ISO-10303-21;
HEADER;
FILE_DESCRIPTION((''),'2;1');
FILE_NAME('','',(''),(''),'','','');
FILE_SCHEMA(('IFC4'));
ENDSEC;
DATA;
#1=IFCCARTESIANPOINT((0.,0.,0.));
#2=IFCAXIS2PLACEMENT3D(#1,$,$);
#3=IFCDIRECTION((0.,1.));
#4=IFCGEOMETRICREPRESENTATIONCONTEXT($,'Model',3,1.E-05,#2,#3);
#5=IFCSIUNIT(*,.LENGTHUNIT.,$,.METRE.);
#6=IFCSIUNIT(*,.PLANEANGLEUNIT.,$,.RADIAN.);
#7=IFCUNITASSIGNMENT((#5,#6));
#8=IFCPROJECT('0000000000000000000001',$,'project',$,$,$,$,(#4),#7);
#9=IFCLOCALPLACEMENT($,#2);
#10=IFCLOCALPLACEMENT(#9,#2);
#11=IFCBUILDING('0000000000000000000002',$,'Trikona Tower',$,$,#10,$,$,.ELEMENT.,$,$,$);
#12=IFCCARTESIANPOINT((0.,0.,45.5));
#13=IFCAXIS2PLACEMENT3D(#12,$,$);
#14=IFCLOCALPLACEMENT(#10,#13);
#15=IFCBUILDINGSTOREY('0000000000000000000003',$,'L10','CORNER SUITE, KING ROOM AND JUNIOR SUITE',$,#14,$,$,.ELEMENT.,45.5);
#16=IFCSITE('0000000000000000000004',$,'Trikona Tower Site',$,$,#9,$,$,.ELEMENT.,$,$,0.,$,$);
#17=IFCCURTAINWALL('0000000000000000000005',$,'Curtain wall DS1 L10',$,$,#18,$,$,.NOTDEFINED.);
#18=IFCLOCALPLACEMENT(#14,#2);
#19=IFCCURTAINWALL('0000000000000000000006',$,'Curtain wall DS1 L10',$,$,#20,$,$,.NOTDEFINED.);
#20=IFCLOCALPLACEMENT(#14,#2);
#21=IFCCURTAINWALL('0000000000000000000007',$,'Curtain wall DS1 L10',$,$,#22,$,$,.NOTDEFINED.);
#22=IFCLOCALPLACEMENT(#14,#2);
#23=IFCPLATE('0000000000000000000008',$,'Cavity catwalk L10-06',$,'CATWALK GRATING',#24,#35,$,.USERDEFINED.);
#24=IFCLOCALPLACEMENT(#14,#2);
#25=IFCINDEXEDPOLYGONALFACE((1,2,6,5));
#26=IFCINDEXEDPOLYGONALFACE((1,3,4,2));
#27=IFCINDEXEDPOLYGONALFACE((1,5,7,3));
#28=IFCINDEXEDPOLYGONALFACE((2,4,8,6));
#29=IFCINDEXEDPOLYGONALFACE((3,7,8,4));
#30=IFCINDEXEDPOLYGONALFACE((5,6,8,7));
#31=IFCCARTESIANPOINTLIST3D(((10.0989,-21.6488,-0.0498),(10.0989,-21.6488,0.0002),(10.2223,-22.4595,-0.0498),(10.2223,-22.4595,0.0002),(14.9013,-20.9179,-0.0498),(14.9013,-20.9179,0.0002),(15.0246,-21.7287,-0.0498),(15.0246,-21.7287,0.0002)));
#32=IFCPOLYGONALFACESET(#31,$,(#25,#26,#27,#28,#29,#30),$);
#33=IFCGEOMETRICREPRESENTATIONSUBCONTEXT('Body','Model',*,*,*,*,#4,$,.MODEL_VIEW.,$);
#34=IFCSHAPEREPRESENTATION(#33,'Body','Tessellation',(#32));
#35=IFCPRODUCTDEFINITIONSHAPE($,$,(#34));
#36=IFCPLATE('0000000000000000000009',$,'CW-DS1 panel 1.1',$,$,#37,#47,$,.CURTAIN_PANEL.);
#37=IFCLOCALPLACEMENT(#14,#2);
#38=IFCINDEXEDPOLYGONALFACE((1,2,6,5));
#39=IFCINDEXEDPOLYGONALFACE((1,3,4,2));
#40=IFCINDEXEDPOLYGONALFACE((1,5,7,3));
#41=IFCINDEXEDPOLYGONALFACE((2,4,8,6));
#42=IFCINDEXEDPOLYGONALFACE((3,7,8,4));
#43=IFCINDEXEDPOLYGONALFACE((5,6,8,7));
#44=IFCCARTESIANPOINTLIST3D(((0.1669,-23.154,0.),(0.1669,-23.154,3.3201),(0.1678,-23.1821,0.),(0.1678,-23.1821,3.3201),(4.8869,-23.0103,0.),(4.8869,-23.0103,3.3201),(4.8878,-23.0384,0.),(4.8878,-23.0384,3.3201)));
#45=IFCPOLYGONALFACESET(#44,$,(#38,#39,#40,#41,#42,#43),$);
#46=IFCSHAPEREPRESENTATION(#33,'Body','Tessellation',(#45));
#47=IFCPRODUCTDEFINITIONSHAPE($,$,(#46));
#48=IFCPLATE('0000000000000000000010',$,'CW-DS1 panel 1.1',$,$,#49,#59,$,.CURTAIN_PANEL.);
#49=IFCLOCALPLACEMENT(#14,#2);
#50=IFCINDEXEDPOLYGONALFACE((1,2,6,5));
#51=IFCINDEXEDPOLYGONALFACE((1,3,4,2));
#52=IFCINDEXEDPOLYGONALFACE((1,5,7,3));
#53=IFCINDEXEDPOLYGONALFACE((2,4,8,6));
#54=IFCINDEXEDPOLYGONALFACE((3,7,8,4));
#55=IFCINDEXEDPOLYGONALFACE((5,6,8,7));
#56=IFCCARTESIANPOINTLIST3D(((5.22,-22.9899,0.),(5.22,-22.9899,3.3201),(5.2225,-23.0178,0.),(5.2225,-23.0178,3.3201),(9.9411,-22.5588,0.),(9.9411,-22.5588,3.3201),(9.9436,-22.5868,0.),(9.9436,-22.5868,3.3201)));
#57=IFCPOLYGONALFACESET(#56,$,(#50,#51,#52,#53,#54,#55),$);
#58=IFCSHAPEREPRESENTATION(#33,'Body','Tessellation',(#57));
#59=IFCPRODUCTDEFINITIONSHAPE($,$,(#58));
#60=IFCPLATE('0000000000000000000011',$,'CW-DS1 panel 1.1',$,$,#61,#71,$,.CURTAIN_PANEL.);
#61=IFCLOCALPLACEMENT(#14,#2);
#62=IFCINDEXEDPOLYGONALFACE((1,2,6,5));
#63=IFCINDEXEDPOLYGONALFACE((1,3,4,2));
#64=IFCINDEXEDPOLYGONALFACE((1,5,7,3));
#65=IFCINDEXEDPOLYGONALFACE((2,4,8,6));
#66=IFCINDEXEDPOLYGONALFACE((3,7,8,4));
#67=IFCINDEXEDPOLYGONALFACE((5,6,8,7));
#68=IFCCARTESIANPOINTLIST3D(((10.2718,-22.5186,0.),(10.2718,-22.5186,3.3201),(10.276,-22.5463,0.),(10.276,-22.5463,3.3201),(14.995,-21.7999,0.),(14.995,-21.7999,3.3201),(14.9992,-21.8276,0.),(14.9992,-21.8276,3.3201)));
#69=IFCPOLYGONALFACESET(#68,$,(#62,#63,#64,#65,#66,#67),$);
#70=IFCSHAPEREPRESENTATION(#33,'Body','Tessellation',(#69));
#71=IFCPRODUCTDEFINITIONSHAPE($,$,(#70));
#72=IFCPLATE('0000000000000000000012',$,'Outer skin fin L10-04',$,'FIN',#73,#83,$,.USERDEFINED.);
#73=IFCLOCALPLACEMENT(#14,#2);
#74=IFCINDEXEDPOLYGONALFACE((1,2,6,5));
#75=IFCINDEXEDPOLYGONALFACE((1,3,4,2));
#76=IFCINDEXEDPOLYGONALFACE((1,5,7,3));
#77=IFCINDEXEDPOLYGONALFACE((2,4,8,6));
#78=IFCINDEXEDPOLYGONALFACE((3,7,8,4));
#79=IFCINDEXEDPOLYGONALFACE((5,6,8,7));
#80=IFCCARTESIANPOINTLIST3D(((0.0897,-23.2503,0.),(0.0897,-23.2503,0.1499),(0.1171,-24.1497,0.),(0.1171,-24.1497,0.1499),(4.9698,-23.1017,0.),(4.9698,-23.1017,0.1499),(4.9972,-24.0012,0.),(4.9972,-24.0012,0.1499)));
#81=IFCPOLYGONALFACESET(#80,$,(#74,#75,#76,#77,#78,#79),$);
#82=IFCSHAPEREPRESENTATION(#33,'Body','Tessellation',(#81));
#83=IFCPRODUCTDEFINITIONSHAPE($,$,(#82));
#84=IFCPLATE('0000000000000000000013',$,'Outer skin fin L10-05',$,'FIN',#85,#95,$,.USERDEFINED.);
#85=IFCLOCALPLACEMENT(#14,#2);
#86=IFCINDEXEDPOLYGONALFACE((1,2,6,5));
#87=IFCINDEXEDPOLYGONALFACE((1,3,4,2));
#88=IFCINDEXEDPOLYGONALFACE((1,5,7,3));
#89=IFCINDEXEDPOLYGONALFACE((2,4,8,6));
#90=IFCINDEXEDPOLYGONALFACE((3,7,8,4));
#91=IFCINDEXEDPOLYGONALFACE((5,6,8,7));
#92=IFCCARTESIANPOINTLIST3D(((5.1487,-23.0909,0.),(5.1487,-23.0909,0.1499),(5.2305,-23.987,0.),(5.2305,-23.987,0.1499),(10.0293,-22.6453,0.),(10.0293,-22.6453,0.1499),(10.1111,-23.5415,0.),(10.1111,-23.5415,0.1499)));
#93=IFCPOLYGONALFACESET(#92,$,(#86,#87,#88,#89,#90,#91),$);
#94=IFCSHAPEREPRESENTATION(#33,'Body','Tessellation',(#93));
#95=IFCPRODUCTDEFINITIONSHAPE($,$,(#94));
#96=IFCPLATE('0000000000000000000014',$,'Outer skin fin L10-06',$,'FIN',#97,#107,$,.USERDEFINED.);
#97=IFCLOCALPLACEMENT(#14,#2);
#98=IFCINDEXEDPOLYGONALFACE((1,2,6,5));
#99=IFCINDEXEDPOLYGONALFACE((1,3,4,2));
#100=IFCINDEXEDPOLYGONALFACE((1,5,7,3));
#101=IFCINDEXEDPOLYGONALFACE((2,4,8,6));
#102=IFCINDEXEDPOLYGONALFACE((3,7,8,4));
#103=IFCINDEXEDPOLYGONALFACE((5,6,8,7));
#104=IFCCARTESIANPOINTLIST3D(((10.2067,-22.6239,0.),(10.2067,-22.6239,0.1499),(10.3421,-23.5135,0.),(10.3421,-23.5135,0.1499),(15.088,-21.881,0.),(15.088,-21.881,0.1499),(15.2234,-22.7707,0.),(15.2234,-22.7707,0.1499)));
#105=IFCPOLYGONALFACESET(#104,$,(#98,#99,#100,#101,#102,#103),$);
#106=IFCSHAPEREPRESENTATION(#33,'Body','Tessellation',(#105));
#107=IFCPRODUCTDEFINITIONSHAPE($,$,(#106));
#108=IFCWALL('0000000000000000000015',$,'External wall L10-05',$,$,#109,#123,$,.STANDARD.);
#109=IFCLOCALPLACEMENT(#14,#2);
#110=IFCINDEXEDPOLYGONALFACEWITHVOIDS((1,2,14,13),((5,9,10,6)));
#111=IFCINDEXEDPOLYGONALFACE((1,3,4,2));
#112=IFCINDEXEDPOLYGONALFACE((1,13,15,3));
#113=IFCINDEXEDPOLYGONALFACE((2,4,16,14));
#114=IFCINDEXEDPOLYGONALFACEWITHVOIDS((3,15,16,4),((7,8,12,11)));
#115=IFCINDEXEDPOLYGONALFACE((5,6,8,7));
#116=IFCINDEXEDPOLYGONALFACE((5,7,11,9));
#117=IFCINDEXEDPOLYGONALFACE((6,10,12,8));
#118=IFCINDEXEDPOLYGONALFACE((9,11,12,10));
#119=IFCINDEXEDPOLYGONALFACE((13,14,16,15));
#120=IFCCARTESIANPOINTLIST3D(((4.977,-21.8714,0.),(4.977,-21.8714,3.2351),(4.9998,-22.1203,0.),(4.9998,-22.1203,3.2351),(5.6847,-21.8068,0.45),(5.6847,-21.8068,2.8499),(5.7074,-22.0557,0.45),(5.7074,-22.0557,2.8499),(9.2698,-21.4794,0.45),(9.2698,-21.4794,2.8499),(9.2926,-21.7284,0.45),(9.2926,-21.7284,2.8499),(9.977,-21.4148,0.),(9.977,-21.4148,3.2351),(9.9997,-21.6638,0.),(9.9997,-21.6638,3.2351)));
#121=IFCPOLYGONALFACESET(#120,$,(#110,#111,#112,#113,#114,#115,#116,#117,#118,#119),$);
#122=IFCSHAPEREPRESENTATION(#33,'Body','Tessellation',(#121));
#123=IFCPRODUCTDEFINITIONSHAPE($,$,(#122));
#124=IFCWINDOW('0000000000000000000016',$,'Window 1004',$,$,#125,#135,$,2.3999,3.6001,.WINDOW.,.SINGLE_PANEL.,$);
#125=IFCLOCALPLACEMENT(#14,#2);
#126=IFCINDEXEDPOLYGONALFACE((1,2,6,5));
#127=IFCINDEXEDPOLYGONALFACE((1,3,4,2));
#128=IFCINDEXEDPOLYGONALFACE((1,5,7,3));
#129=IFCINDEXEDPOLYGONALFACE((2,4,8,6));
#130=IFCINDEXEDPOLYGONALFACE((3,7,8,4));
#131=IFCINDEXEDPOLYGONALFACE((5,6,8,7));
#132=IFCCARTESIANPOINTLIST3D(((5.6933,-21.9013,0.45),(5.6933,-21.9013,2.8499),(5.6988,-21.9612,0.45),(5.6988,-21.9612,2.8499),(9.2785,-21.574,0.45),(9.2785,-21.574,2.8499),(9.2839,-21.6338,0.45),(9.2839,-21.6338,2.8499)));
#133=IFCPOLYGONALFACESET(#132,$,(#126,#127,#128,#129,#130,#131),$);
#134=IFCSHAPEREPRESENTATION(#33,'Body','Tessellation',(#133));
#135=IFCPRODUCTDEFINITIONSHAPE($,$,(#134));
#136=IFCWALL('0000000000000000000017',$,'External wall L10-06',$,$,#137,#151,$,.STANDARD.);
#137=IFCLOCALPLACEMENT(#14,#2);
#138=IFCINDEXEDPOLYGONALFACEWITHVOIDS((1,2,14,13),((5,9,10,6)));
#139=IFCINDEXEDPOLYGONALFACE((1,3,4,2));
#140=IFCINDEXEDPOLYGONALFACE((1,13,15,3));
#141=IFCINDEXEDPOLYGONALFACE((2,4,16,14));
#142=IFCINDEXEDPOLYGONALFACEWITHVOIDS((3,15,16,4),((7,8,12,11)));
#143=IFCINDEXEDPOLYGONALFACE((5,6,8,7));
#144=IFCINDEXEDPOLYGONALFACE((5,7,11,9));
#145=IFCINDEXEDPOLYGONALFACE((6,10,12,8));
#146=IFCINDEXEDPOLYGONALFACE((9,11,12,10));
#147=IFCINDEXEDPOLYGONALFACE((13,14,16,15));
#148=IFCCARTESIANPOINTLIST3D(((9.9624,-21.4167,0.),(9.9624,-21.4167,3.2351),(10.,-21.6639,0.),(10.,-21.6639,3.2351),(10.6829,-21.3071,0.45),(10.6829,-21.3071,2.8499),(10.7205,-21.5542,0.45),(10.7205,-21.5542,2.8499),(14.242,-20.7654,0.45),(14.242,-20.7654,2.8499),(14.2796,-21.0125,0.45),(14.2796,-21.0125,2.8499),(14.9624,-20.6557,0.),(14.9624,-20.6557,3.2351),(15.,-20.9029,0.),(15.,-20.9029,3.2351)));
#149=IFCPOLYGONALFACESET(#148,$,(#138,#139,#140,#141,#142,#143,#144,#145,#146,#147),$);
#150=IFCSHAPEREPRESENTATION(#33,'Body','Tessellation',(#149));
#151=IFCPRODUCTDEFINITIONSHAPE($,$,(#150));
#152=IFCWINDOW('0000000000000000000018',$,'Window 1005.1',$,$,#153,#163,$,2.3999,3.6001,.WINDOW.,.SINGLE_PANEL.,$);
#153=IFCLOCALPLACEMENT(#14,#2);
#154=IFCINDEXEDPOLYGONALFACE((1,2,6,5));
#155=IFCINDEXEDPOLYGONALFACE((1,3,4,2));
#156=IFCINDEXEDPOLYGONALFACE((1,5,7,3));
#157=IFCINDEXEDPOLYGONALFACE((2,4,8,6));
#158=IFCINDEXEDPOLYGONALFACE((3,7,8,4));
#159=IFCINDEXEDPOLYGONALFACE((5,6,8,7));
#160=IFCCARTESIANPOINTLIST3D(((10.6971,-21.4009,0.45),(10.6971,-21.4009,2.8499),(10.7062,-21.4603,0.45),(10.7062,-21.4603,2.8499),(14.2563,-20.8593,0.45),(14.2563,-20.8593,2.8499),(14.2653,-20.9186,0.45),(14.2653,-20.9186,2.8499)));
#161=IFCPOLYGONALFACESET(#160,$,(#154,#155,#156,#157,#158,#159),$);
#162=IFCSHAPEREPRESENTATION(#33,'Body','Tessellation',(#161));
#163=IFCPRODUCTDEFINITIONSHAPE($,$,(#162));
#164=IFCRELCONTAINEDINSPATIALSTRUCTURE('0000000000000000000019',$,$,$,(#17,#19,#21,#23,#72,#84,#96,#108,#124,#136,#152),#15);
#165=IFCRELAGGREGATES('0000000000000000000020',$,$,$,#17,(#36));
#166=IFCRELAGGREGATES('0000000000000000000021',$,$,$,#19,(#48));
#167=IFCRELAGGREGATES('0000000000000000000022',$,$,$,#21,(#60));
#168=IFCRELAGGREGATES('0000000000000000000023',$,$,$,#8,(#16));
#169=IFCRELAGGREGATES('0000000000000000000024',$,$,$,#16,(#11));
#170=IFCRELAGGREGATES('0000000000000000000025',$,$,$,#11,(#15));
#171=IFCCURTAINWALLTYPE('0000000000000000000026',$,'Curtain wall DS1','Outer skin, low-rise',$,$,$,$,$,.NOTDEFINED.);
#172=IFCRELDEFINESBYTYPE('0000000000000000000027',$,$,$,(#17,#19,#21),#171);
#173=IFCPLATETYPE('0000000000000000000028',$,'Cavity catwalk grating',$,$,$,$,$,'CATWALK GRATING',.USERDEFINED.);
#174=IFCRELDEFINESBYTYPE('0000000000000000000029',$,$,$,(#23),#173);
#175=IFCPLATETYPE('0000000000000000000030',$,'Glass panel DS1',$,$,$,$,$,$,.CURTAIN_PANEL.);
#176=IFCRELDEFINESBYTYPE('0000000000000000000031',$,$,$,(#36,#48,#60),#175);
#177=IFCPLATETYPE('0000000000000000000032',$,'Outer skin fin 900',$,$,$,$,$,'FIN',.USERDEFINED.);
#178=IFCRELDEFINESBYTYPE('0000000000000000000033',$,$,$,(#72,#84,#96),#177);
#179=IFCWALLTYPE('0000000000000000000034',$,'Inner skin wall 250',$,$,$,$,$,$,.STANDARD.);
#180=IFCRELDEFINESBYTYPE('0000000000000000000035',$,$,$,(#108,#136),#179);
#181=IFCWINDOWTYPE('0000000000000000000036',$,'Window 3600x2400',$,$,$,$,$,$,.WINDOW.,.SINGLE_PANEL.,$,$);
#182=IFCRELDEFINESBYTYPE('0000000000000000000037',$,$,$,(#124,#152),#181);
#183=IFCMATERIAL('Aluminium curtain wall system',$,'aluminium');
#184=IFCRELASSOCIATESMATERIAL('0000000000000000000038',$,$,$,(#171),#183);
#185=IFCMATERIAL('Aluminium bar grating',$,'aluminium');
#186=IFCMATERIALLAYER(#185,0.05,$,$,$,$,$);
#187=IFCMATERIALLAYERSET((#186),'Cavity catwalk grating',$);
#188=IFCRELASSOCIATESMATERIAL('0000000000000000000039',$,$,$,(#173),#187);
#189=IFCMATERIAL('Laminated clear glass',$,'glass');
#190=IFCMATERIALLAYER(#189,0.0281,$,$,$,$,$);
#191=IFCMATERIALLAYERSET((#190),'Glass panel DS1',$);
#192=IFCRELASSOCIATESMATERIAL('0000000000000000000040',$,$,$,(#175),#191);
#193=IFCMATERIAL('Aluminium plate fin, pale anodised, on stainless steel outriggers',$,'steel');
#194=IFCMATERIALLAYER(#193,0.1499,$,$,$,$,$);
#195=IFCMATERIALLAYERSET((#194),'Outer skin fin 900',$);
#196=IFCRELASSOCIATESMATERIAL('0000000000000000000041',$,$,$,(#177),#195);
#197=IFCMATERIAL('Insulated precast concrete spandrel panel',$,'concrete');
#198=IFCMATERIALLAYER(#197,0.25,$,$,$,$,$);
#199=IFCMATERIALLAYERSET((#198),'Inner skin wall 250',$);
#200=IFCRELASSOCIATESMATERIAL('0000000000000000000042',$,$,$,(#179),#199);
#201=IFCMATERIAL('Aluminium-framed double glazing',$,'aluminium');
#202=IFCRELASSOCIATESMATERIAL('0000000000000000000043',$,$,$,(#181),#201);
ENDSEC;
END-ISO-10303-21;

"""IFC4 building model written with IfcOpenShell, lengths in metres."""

from ifc_helpers import new_model, si_unit, direction, frame, frame_2d, origin, origin_2d, place, context, subcontext, project, spatial, rectangle, extrude, material, layer, layer_set, type_object, element, fill, aggregate, save


model = new_model("IFC4")

# Units and contexts
model_context = context("Model", 3, precision=1e-05, world=origin(), true_north=direction((0.0, 1.0)))
body_context = subcontext(model_context, "Body", "Model", "MODEL_VIEW")
ifc_project = project(units=[si_unit("LENGTHUNIT", "METRE"), si_unit("PLANEANGLEUNIT", "RADIAN")], contexts=[model_context])

# Site, building, storey
site_placement = place(None, origin())
site = spatial("IfcSite", under=ifc_project, at=site_placement, Name="Trikona Tower Site", CompositionType="ELEMENT", RefElevation=0.0)
building_placement = place(site_placement, origin())
building = spatial("IfcBuilding", under=site, at=building_placement, Name="Trikona Tower", CompositionType="ELEMENT")
storey_placement = place(building_placement, frame((0.0, 0.0, 45.5)))
storey = spatial("IfcBuildingStorey", under=building, at=storey_placement, Name="L10", Description="CORNER SUITE, KING ROOM AND JUNIOR SUITE", CompositionType="ELEMENT", Elevation=45.5)

# Curtain walls
ifc_material_1 = material(Name="Aluminium curtain wall system", Category="aluminium")
curtain_wall_type = type_object("IfcCurtainWallType", Name="Curtain wall DS1", Description="Outer skin, low-rise", PredefinedType="NOTDEFINED", material=ifc_material_1)
curtain_wall_1_placement = place(storey_placement, origin())
curtain_wall_1 = element("IfcCurtainWall", 1, at=curtain_wall_1_placement, inside=storey, type_object=curtain_wall_type, Name="Curtain wall DS1 L10", PredefinedType="NOTDEFINED")
curtain_wall_2_placement = place(storey_placement, origin())
curtain_wall_2 = element("IfcCurtainWall", 2, at=curtain_wall_2_placement, inside=storey, type_object=curtain_wall_type, Name="Curtain wall DS1 L10", PredefinedType="NOTDEFINED")

# Curtain wall
curtain_wall_3_placement = place(storey_placement, origin())
curtain_wall_3 = element("IfcCurtainWall", 3, at=curtain_wall_3_placement, inside=storey, type_object=curtain_wall_type, Name="Curtain wall DS1 L10", PredefinedType="NOTDEFINED")

# Plate
ifc_material_2 = material(Name="Aluminium bar grating", Category="aluminium")
ifc_layer_1 = layer(ifc_material_2, 0.05)
ifc_layer_set_1 = layer_set([ifc_layer_1], Name="Cavity catwalk grating")
plate_type_1 = type_object("IfcPlateType", Name="Cavity catwalk grating", ElementType="CATWALK GRATING", PredefinedType="USERDEFINED", material=ifc_layer_set_1)
plate_1_placement = place(storey_placement, frame((12.5618, -21.6887, -0.0498), z_axis=(0.0, 0.0, 1.0), x_axis=(0.988618, 0.150448, 0.0)))
element("IfcPlate", 4, at=plate_1_placement, inside=storey, type_object=plate_type_1, Name="Cavity catwalk L10-06", ObjectType="CATWALK GRATING", PredefinedType="USERDEFINED", context=body_context, shape_type="SweptSolid", body=[
    extrude(rectangle(XDim=4.8577, YDim=0.8201, at=origin_2d()), origin(), (0.0, 0.0, 1.0), 0.05),
])

# Plates
ifc_material_3 = material(Name="Laminated clear glass", Category="glass")
ifc_layer_2 = layer(ifc_material_3, 0.0281)
ifc_layer_set_2 = layer_set([ifc_layer_2], Name="Glass panel DS1")
plate_type_2 = type_object("IfcPlateType", Name="Glass panel DS1", PredefinedType="CURTAIN_PANEL", material=ifc_layer_set_2)
plate_2_placement = place(storey_placement, frame((2.5273, -23.0962, 0.0), z_axis=(0.0, 0.0, 1.0), x_axis=(0.999537, 0.030437, 0.0)))
plate_2 = element("IfcPlate", 5, at=plate_2_placement, type_object=plate_type_2, Name="CW-DS1 panel 1.1", PredefinedType="CURTAIN_PANEL", context=body_context, shape_type="SweptSolid", body=[
    extrude(rectangle(XDim=4.7222, YDim=0.0281, at=origin_2d()), origin(), (0.0, 0.0, 1.0), 3.3201),
])
aggregate(curtain_wall_1, [plate_2])
plate_3_placement = place(storey_placement, frame((7.5818, -22.7883, 0.0), z_axis=(0.0, 0.0, 1.0), x_axis=(0.995858, 0.090924, 0.0)))
plate_3 = element("IfcPlate", 6, at=plate_3_placement, type_object=plate_type_2, Name="CW-DS1 panel 1.1", PredefinedType="CURTAIN_PANEL", context=body_context, shape_type="SweptSolid", body=[
    extrude(rectangle(XDim=4.7407, YDim=0.0281, at=origin_2d()), origin(), (0.0, 0.0, 1.0), 3.3201),
])
aggregate(curtain_wall_2, [plate_3])
plate_4_placement = place(storey_placement, frame((12.6355, -22.1731, 0.0), z_axis=(0.0, 0.0, 1.0), x_axis=(0.988619, 0.150438, 0.0)))
plate_4 = element("IfcPlate", 7, at=plate_4_placement, type_object=plate_type_2, Name="CW-DS1 panel 1.1", PredefinedType="CURTAIN_PANEL", context=body_context, shape_type="SweptSolid", body=[
    extrude(rectangle(XDim=4.7776, YDim=0.0281, at=origin_2d()), origin(), (0.0, 0.0, 1.0), 3.3201),
])
aggregate(curtain_wall_3, [plate_4])

# Plates
ifc_material_4 = material(Name="Aluminium plate fin, pale anodised, on stainless steel outriggers", Category="steel")
ifc_layer_3 = layer(ifc_material_4, 0.1499)
ifc_layer_set_3 = layer_set([ifc_layer_3], Name="Outer skin fin 900")
plate_type_3 = type_object("IfcPlateType", Name="Outer skin fin 900", ElementType="FIN", PredefinedType="USERDEFINED", material=ifc_layer_set_3)
plate_5_placement = place(storey_placement, frame((2.5435, -23.6257, 0.0), z_axis=(0.0, 0.0, 1.0), x_axis=(0.999537, 0.030425, 0.0)))
element("IfcPlate", 8, at=plate_5_placement, inside=storey, type_object=plate_type_3, Name="Outer skin fin L10-04", ObjectType="FIN", PredefinedType="USERDEFINED", context=body_context, shape_type="SweptSolid", body=[
    extrude(rectangle(XDim=4.8823, YDim=0.8999, at=origin_2d()), origin(), (0.0, 0.0, 1.0), 0.1499),
])
plate_6_placement = place(storey_placement, frame((7.6299, -23.3162, 0.0), z_axis=(0.0, 0.0, 1.0), x_axis=(0.995858, 0.090921, 0.0)))
element("IfcPlate", 9, at=plate_6_placement, inside=storey, type_object=plate_type_3, Name="Outer skin fin L10-05", ObjectType="FIN", PredefinedType="USERDEFINED", context=body_context, shape_type="SweptSolid", body=[
    extrude(rectangle(XDim=4.9009, YDim=0.8999, at=origin_2d()), origin(), (0.0, 0.0, 1.0), 0.1499),
])
plate_7_placement = place(storey_placement, frame((12.7151, -22.6973, 0.0), z_axis=(0.0, 0.0, 1.0), x_axis=(0.988618, 0.150448, 0.0)))
element("IfcPlate", 10, at=plate_7_placement, inside=storey, type_object=plate_type_3, Name="Outer skin fin L10-06", ObjectType="FIN", PredefinedType="USERDEFINED", context=body_context, shape_type="SweptSolid", body=[
    extrude(rectangle(XDim=4.9375, YDim=0.8999, at=origin_2d()), origin(), (0.0, 0.0, 1.0), 0.1499),
])

# Walls, openings, windows
ifc_material_5 = material(Name="Insulated precast concrete spandrel panel", Category="concrete")
ifc_layer_4 = layer(ifc_material_5, 0.25)
ifc_layer_set_4 = layer_set([ifc_layer_4], Name="Inner skin wall 250")
wall_type = type_object("IfcWallType", Name="Inner skin wall 250", PredefinedType="STANDARD", material=ifc_layer_set_4)
wall_1_placement = place(storey_placement, frame((4.9885, -21.9958, 0.0), z_axis=(0.0, 0.0, 1.0), x_axis=(0.995857, 0.09093, 0.0)))
wall_1 = element("IfcWall", 11, at=wall_1_placement, inside=storey, type_object=wall_type, Name="External wall L10-05", PredefinedType="STANDARD", context=body_context, shape_type="SweptSolid", body=[
    extrude(rectangle(XDim=5.0208, YDim=0.25, at=frame_2d((2.5103, 0.0))), origin(), (0.0, 0.0, 1.0), 3.2351),
])
opening_1_placement = place(wall_1_placement, frame((0.7104, 0.0, 0.45)))
opening_1 = element("IfcOpeningElement", 12, at=opening_1_placement, cuts=wall_1, PredefinedType="OPENING", context=body_context, shape_type="SweptSolid", body=[
    extrude(rectangle(XDim=3.6001, YDim=2.3999, at=frame_2d((1.8, 1.2))), frame((0.0, 0.135, 0.0), z_axis=(0.0, -1.0, 0.0), x_axis=(1.0, 0.0, 0.0)), (0.0, 0.0, 1.0), 0.27),
])
ifc_material_6 = material(Name="Aluminium-framed double glazing", Category="aluminium")
window_type_1 = type_object("IfcWindowType", Name="Window 3600x2400", PartitioningType="SINGLE_PANEL", PredefinedType="WINDOW", material=ifc_material_6)
window_1_placement = place(opening_1_placement, origin())
window_1 = element("IfcWindow", 13, at=window_1_placement, inside=storey, type_object=window_type_1, Name="Window 1004", OverallHeight=2.3999, OverallWidth=3.6001, PartitioningType="SINGLE_PANEL", PredefinedType="WINDOW", context=body_context, shape_type="SweptSolid", body=[
    extrude(rectangle(XDim=3.6001, YDim=2.3999, at=frame_2d((1.8, 1.2))), frame((0.0, 0.03, 0.0), z_axis=(0.0, -1.0, 0.0), x_axis=(1.0, 0.0, 0.0)), (0.0, 0.0, 1.0), 0.0601),
])
fill(opening_1, window_1)
wall_2_placement = place(storey_placement, frame((9.9812, -21.5403, 0.0), z_axis=(0.0, 0.0, 1.0), x_axis=(0.988615, 0.150465, 0.0)))
wall_2 = element("IfcWall", 14, at=wall_2_placement, inside=storey, type_object=wall_type, Name="External wall L10-06", PredefinedType="STANDARD", context=body_context, shape_type="SweptSolid", body=[
    extrude(rectangle(XDim=5.0576, YDim=0.25, at=frame_2d((2.5288, 0.0))), origin(), (0.0, 0.0, 1.0), 3.2351),
])
opening_2_placement = place(wall_2_placement, frame((0.7288, 0.0, 0.45)))
opening_2 = element("IfcOpeningElement", 15, at=opening_2_placement, cuts=wall_2, PredefinedType="OPENING", context=body_context, shape_type="SweptSolid", body=[
    extrude(rectangle(XDim=3.6001, YDim=2.3999, at=frame_2d((1.8, 1.2))), frame((0.0, 0.135, 0.0), z_axis=(0.0, -1.0, 0.0), x_axis=(1.0, 0.0, 0.0)), (0.0, 0.0, 1.0), 0.27),
])
window_2_placement = place(opening_2_placement, origin())
window_2 = element("IfcWindow", 16, at=window_2_placement, inside=storey, type_object=window_type_1, Name="Window 1005.1", OverallHeight=2.3999, OverallWidth=3.6001, PartitioningType="SINGLE_PANEL", PredefinedType="WINDOW", context=body_context, shape_type="SweptSolid", body=[
    extrude(rectangle(XDim=3.6001, YDim=2.3999, at=frame_2d((1.8, 1.2))), frame((0.0, 0.03, 0.0), z_axis=(0.0, -1.0, 0.0), x_axis=(1.0, 0.0, 0.0)), (0.0, 0.0, 1.0), 0.0601),
])
fill(opening_2, window_2)

save(model, "model.ifc")
